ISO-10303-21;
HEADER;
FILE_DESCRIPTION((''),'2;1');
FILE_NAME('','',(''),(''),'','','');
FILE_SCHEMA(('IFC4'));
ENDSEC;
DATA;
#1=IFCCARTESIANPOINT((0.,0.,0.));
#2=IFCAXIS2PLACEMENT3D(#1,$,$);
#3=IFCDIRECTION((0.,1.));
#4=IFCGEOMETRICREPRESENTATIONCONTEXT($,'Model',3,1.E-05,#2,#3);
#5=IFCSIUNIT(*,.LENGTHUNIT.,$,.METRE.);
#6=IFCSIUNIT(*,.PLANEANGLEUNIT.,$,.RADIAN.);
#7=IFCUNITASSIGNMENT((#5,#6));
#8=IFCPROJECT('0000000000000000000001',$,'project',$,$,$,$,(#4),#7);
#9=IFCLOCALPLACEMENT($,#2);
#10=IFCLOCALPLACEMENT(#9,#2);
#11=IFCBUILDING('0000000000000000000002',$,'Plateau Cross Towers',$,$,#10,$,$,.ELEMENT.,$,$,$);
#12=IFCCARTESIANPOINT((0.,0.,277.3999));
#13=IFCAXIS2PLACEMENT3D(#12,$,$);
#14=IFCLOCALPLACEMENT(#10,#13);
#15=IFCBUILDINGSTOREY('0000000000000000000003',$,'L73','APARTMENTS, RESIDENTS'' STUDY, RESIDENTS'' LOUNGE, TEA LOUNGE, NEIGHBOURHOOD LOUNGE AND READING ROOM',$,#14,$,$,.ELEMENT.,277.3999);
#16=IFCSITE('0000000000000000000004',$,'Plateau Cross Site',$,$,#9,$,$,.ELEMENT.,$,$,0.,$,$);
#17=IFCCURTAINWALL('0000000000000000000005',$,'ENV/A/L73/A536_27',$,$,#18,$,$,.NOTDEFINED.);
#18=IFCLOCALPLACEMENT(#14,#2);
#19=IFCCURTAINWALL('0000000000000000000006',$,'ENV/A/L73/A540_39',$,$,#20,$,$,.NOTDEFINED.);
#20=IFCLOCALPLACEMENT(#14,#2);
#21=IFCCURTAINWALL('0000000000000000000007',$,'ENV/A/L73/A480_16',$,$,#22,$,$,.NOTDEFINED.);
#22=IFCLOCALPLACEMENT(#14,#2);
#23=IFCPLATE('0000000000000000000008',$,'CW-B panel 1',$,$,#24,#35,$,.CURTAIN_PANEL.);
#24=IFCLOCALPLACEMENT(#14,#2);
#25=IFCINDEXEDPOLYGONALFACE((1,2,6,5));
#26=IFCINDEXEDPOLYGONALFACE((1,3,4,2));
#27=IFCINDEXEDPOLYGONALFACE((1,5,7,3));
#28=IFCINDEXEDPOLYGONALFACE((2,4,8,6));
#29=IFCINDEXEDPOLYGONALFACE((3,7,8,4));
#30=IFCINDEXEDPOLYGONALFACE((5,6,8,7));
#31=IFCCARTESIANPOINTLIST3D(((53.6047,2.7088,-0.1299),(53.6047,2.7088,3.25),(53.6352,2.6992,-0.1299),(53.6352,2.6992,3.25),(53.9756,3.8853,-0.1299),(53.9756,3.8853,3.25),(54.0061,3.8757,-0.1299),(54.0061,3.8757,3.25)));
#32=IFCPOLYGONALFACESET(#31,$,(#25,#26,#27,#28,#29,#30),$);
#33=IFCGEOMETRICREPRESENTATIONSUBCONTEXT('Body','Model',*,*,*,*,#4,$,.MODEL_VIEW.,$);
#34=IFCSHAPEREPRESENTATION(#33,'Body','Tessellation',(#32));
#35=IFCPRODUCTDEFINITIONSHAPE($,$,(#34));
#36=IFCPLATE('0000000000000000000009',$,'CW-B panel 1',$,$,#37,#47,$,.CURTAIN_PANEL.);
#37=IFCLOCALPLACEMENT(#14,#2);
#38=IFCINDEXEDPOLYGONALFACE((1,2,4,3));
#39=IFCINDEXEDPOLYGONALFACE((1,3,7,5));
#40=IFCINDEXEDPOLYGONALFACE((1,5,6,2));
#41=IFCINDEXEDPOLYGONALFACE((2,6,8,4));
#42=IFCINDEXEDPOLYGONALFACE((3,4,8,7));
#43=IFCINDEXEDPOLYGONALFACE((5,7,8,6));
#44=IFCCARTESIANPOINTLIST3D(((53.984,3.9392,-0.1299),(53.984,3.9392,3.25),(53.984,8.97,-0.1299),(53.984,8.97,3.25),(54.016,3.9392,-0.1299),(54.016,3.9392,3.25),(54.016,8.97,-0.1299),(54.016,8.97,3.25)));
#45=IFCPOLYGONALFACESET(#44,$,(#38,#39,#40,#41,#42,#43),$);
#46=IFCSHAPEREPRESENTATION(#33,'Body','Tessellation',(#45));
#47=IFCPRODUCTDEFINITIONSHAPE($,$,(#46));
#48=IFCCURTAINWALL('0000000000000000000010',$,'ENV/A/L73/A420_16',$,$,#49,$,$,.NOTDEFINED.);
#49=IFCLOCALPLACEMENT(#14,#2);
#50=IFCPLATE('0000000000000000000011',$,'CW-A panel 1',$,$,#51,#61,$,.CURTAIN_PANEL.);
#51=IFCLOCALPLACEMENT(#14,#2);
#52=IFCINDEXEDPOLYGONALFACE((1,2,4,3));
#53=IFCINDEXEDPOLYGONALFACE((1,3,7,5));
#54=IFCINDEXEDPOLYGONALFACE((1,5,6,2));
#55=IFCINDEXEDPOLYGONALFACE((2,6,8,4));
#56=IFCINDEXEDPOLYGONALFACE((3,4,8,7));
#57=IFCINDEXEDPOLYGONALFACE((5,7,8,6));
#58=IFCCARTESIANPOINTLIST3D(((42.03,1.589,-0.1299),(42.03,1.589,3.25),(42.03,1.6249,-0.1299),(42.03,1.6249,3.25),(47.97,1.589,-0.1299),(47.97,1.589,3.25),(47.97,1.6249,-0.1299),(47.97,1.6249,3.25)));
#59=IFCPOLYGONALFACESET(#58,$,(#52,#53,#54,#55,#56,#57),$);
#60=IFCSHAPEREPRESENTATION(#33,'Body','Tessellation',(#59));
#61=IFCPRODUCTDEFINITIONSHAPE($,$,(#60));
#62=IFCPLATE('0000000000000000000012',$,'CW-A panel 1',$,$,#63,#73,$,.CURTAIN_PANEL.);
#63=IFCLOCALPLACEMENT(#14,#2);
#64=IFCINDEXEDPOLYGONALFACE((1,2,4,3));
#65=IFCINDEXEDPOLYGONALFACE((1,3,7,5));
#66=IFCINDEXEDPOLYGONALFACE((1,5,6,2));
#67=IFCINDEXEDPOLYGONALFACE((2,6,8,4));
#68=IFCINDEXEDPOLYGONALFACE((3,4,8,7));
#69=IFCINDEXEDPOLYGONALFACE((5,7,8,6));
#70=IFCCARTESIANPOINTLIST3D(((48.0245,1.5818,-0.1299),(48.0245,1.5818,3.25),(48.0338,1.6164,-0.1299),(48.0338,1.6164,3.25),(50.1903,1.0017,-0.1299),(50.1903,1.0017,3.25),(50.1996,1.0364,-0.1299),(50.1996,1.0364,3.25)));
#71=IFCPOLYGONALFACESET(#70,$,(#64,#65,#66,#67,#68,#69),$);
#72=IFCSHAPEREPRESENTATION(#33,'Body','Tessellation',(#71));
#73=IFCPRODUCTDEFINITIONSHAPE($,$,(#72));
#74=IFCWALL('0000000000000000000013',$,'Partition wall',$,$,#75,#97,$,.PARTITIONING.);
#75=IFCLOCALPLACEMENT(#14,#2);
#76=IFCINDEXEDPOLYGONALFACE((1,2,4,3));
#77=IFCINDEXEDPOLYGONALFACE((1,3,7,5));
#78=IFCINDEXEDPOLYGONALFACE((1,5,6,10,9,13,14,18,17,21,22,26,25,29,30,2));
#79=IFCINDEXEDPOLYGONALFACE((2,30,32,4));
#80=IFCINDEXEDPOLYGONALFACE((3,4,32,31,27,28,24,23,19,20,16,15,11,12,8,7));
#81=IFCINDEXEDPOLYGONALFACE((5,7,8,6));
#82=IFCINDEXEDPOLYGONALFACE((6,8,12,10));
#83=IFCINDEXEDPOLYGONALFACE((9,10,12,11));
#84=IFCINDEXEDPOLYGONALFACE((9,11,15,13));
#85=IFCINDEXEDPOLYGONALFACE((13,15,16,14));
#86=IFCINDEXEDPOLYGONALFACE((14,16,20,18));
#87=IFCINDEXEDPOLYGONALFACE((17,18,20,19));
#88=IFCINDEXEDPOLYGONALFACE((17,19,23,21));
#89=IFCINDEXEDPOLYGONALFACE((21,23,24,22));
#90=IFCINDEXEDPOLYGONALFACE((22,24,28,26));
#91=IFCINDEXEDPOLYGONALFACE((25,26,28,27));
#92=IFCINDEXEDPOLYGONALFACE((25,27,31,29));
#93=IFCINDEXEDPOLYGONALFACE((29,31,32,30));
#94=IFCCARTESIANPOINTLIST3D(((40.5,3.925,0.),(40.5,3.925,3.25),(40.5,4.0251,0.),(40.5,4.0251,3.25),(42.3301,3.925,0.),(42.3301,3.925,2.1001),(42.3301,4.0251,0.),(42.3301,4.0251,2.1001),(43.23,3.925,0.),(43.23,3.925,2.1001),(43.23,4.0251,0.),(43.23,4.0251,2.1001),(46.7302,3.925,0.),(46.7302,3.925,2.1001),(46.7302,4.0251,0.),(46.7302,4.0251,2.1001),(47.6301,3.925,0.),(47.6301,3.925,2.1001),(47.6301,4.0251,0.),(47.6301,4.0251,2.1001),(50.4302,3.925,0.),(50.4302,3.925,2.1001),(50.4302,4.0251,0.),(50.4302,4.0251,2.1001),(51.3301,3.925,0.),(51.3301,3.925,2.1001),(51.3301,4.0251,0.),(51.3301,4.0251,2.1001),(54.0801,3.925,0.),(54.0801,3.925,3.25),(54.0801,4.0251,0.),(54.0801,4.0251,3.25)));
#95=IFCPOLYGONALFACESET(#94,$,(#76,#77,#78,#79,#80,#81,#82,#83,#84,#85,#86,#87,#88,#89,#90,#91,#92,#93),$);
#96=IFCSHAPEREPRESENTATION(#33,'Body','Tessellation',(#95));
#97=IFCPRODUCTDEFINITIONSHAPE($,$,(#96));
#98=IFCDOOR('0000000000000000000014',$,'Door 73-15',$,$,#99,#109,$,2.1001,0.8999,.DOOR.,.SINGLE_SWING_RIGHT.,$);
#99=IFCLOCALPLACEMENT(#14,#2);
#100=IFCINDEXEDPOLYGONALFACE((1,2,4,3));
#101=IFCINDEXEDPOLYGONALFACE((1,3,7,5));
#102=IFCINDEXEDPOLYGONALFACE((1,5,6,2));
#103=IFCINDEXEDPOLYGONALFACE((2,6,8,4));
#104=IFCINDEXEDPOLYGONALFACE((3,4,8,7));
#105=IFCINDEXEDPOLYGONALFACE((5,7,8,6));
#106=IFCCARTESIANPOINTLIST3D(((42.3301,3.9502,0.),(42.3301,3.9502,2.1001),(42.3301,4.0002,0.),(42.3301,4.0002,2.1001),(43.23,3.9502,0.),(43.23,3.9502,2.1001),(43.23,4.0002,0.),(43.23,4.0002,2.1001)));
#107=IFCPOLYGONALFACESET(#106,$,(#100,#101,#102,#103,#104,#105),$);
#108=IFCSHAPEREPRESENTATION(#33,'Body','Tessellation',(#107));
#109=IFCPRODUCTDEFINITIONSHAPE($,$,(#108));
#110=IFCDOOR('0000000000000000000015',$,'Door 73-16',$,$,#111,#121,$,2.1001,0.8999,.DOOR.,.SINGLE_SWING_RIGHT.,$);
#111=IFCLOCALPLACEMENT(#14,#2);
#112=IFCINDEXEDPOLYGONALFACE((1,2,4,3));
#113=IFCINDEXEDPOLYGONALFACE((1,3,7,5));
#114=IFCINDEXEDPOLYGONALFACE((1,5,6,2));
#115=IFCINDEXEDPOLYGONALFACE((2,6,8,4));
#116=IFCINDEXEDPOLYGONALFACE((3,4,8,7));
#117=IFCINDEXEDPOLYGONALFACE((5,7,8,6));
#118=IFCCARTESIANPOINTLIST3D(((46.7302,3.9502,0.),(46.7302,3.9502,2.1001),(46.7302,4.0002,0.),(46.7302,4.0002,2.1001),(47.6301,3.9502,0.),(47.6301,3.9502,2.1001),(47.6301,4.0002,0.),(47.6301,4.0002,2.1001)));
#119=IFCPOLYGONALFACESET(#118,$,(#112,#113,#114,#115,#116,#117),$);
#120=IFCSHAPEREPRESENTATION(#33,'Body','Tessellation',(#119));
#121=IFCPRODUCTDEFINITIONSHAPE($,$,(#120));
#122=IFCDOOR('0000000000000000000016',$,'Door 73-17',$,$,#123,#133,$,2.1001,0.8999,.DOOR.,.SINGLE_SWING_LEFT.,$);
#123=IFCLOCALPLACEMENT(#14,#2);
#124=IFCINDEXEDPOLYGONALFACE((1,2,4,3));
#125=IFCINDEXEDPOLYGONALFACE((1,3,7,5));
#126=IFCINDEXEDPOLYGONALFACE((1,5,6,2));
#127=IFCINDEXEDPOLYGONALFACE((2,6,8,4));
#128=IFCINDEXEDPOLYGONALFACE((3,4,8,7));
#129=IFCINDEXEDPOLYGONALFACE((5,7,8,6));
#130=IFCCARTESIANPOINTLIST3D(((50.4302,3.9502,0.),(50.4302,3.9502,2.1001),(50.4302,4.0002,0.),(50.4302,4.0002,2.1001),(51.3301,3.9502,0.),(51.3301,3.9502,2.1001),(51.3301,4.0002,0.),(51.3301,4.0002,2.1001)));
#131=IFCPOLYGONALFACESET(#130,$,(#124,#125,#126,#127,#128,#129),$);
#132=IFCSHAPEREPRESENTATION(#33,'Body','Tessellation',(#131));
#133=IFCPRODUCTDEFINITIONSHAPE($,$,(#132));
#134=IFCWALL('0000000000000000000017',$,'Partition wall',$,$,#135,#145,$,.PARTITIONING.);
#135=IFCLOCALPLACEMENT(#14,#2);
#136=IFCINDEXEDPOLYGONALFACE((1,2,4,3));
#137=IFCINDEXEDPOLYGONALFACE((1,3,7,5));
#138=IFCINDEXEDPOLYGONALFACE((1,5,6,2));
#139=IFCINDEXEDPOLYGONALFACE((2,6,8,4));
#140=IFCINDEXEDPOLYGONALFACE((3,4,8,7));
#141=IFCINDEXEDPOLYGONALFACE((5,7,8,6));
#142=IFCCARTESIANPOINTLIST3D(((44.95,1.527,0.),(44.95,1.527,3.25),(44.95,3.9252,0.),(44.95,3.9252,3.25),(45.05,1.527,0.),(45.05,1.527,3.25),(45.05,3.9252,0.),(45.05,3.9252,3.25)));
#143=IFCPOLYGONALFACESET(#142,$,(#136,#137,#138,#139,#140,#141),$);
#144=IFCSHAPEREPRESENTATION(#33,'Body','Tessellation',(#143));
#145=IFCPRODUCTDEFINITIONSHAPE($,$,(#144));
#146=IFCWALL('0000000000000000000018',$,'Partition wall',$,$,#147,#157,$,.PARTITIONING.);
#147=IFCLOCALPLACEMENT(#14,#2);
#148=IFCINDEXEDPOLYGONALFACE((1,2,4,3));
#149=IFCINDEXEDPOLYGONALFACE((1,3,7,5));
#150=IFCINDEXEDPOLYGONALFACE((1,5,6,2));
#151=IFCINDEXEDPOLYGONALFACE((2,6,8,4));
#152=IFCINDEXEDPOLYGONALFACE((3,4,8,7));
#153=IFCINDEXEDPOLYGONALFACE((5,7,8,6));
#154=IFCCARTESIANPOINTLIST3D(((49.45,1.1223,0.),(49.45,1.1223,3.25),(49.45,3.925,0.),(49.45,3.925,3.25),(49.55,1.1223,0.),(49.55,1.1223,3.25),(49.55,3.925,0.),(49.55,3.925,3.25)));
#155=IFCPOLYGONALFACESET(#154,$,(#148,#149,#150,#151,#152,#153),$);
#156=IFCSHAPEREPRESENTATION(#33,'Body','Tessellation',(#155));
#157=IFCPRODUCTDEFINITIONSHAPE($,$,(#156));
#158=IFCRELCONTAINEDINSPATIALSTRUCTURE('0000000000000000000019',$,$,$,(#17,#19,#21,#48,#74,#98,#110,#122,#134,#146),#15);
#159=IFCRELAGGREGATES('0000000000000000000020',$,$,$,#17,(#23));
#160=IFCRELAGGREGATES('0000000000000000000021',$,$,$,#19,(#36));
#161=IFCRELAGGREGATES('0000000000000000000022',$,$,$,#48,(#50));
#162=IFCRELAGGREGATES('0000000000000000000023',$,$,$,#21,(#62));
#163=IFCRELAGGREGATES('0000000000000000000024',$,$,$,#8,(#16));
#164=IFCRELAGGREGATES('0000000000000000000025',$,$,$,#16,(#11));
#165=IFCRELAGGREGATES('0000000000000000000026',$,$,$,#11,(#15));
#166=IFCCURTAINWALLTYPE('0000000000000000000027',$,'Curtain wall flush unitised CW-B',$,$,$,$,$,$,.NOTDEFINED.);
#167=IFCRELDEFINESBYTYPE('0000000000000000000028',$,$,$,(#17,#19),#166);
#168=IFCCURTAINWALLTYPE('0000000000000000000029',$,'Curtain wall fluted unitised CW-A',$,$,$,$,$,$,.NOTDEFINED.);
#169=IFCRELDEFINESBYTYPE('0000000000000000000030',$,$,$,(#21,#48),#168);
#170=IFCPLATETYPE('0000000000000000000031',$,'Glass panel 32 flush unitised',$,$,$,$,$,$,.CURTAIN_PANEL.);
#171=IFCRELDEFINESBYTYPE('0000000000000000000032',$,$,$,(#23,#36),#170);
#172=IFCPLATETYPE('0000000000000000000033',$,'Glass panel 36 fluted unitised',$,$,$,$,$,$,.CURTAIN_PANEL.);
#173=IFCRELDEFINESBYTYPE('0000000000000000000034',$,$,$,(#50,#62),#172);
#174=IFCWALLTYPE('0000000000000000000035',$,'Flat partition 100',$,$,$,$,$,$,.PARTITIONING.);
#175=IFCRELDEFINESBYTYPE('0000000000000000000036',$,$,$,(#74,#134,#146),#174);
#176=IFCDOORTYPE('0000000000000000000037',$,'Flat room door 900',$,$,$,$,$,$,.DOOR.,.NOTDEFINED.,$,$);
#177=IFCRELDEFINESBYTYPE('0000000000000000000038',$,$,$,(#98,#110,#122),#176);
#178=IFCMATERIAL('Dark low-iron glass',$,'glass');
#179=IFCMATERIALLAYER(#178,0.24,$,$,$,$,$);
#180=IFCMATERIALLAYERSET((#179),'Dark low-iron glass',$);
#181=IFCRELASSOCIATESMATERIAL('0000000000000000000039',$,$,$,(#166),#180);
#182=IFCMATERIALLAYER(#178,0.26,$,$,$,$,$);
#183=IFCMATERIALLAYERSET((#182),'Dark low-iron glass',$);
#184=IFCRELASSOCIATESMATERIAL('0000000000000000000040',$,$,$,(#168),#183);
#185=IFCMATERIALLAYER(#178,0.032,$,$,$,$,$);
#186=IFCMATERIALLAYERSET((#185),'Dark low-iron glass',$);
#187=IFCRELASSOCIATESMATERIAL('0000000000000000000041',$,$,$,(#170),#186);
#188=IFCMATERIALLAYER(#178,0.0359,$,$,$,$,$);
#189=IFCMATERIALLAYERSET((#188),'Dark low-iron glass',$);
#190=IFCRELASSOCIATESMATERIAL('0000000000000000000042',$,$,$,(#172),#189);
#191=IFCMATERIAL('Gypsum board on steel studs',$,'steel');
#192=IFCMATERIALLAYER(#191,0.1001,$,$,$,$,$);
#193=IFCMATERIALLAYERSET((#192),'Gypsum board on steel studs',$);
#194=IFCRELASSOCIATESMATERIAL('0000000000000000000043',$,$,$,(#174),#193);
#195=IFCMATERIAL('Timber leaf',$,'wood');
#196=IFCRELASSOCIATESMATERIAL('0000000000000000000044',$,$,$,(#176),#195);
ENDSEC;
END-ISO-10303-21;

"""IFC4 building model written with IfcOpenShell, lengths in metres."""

from ifc_helpers import new_model, si_unit, direction, frame, frame_2d, origin, origin_2d, place, context, subcontext, project, spatial, rectangle, extrude, material, layer, layer_set, type_object, element, fill, aggregate, save


model = new_model("IFC4")

# Units and contexts
model_context = context("Model", 3, precision=1e-05, world=origin(), true_north=direction((0.0, 1.0)))
body_context = subcontext(model_context, "Body", "Model", "MODEL_VIEW")
ifc_project = project(units=[si_unit("LENGTHUNIT", "METRE"), si_unit("PLANEANGLEUNIT", "RADIAN")], contexts=[model_context])

# Site, building, storey
site_placement = place(None, origin())
site = spatial("IfcSite", under=ifc_project, at=site_placement, Name="Plateau Cross Site", CompositionType="ELEMENT", RefElevation=0.0)
building_placement = place(site_placement, origin())
building = spatial("IfcBuilding", under=site, at=building_placement, Name="Plateau Cross Towers", CompositionType="ELEMENT")
storey_placement = place(building_placement, frame((0.0, 0.0, 277.3999)))
storey = spatial("IfcBuildingStorey", under=building, at=storey_placement, Name="L73", Description="APARTMENTS, RESIDENTS' STUDY, RESIDENTS' LOUNGE, TEA LOUNGE, NEIGHBOURHOOD LOUNGE AND READING ROOM", CompositionType="ELEMENT", Elevation=277.3999)

# Shared definitions
ifc_material_1 = material(Name="Dark low-iron glass", Category="glass")
ifc_layer_1 = layer(ifc_material_1, 0.24)
ifc_layer_set_1 = layer_set([ifc_layer_1], Name="Dark low-iron glass")
curtain_wall_type_1 = type_object("IfcCurtainWallType", Name="Curtain wall flush unitised CW-B", PredefinedType="NOTDEFINED", material=ifc_layer_set_1)

# Curtain walls
curtain_wall_1_placement = place(storey_placement, origin())
curtain_wall_1 = element("IfcCurtainWall", 1, at=curtain_wall_1_placement, inside=storey, type_object=curtain_wall_type_1, Name="ENV/A/L73/A536_27", PredefinedType="NOTDEFINED")
curtain_wall_2_placement = place(storey_placement, origin())
curtain_wall_2 = element("IfcCurtainWall", 2, at=curtain_wall_2_placement, inside=storey, type_object=curtain_wall_type_1, Name="ENV/A/L73/A540_39", PredefinedType="NOTDEFINED")
ifc_layer_2 = layer(ifc_material_1, 0.26)
ifc_layer_set_2 = layer_set([ifc_layer_2], Name="Dark low-iron glass")
curtain_wall_type_2 = type_object("IfcCurtainWallType", Name="Curtain wall fluted unitised CW-A", PredefinedType="NOTDEFINED", material=ifc_layer_set_2)
curtain_wall_3_placement = place(storey_placement, origin())
curtain_wall_3 = element("IfcCurtainWall", 3, at=curtain_wall_3_placement, inside=storey, type_object=curtain_wall_type_2, Name="ENV/A/L73/A480_16", PredefinedType="NOTDEFINED")

# Plates
ifc_layer_3 = layer(ifc_material_1, 0.032)
ifc_layer_set_3 = layer_set([ifc_layer_3], Name="Dark low-iron glass")
plate_type_1 = type_object("IfcPlateType", Name="Glass panel 32 flush unitised", PredefinedType="CURTAIN_PANEL", material=ifc_layer_set_3)
plate_1_placement = place(storey_placement, frame((53.8054, 3.2922, -0.1299), z_axis=(0.0, 0.0, 1.0), x_axis=(0.300686, 0.953723, 0.0)))
plate_1 = element("IfcPlate", 4, at=plate_1_placement, type_object=plate_type_1, Name="CW-B panel 1", PredefinedType="CURTAIN_PANEL", context=body_context, shape_type="SweptSolid", body=[
    extrude(rectangle(XDim=1.2336, YDim=0.032, at=origin_2d()), origin(), (0.0, 0.0, 1.0), 3.3799),
])
aggregate(curtain_wall_1, [plate_1])
plate_2_placement = place(storey_placement, frame((54.0, 6.4546, -0.1299), z_axis=(0.0, 0.0, 1.0), x_axis=(0.0, 1.0, 0.0)))
plate_2 = element("IfcPlate", 5, at=plate_2_placement, type_object=plate_type_1, Name="CW-B panel 1", PredefinedType="CURTAIN_PANEL", context=body_context, shape_type="SweptSolid", body=[
    extrude(rectangle(XDim=5.0308, YDim=0.032, at=origin_2d()), origin(), (0.0, 0.0, 1.0), 3.3799),
])
aggregate(curtain_wall_2, [plate_2])

# Curtain wall, plate
curtain_wall_4_placement = place(storey_placement, origin())
curtain_wall_4 = element("IfcCurtainWall", 6, at=curtain_wall_4_placement, inside=storey, type_object=curtain_wall_type_2, Name="ENV/A/L73/A420_16", PredefinedType="NOTDEFINED")
ifc_layer_4 = layer(ifc_material_1, 0.0359)
ifc_layer_set_4 = layer_set([ifc_layer_4], Name="Dark low-iron glass")
plate_type_2 = type_object("IfcPlateType", Name="Glass panel 36 fluted unitised", PredefinedType="CURTAIN_PANEL", material=ifc_layer_set_4)
plate_3_placement = place(storey_placement, frame((45.0, 1.6069, -0.1299), z_axis=(0.0, 0.0, 1.0), x_axis=(1.0, 0.0, 0.0)))
plate_3 = element("IfcPlate", 7, at=plate_3_placement, type_object=plate_type_2, Name="CW-A panel 1", PredefinedType="CURTAIN_PANEL", context=body_context, shape_type="SweptSolid", body=[
    extrude(rectangle(XDim=5.9399, YDim=0.0359, at=origin_2d()), origin(), (0.0, 0.0, 1.0), 3.3799),
])
aggregate(curtain_wall_4, [plate_3])

# Plate
plate_4_placement = place(storey_placement, frame((49.1121, 1.3091, -0.1299), z_axis=(0.0, 0.0, 1.0), x_axis=(0.965958, -0.258699, 0.0)))
plate_4 = element("IfcPlate", 8, at=plate_4_placement, type_object=plate_type_2, Name="CW-A panel 1", PredefinedType="CURTAIN_PANEL", context=body_context, shape_type="SweptSolid", body=[
    extrude(rectangle(XDim=2.2422, YDim=0.0359, at=origin_2d()), origin(), (0.0, 0.0, 1.0), 3.3799),
])
aggregate(curtain_wall_3, [plate_4])

# Wall, openings, doors
ifc_material_2 = material(Name="Gypsum board on steel studs", Category="steel")
ifc_layer_5 = layer(ifc_material_2, 0.1001)
ifc_layer_set_5 = layer_set([ifc_layer_5], Name="Gypsum board on steel studs")
wall_type_1 = type_object("IfcWallType", Name="Flat partition 100", PredefinedType="PARTITIONING", material=ifc_layer_set_5)
wall_1_placement = place(storey_placement, frame((54.0801, 3.9751, 0.0), z_axis=(0.0, 0.0, 1.0), x_axis=(-1.0, 0.0, 0.0)))
wall_1 = element("IfcWall", 9, at=wall_1_placement, inside=storey, type_object=wall_type_1, Name="Partition wall", PredefinedType="PARTITIONING", context=body_context, shape_type="SweptSolid", body=[
    extrude(rectangle(XDim=13.5801, YDim=0.1001, at=frame_2d((6.79, 0.0))), origin(), (0.0, 0.0, 1.0), 3.25),
])
opening_1_placement = place(wall_1_placement, frame((10.8501, 0.0, 0.0)))
opening_1 = element("IfcOpeningElement", 10, at=opening_1_placement, cuts=wall_1, PredefinedType="OPENING", context=body_context, shape_type="SweptSolid", body=[
    extrude(rectangle(XDim=0.8999, YDim=2.1001, at=frame_2d((0.45, 1.05))), frame((0.0, 0.0601, 0.0), z_axis=(0.0, -1.0, 0.0), x_axis=(1.0, 0.0, 0.0)), (0.0, 0.0, 1.0), 0.1201),
])
opening_2_placement = place(wall_1_placement, frame((6.45, 0.0, 0.0)))
opening_2 = element("IfcOpeningElement", 11, at=opening_2_placement, cuts=wall_1, PredefinedType="OPENING", context=body_context, shape_type="SweptSolid", body=[
    extrude(rectangle(XDim=0.8999, YDim=2.1001, at=frame_2d((0.45, 1.05))), frame((0.0, 0.0601, 0.0), z_axis=(0.0, -1.0, 0.0), x_axis=(1.0, 0.0, 0.0)), (0.0, 0.0, 1.0), 0.1201),
])
opening_3_placement = place(wall_1_placement, frame((2.75, 0.0, 0.0)))
opening_3 = element("IfcOpeningElement", 12, at=opening_3_placement, cuts=wall_1, PredefinedType="OPENING", context=body_context, shape_type="SweptSolid", body=[
    extrude(rectangle(XDim=0.8999, YDim=2.1001, at=frame_2d((0.45, 1.05))), frame((0.0, 0.0601, 0.0), z_axis=(0.0, -1.0, 0.0), x_axis=(1.0, 0.0, 0.0)), (0.0, 0.0, 1.0), 0.1201),
])
ifc_material_3 = material(Name="Timber leaf", Category="wood")
door_type_1 = type_object("IfcDoorType", Name="Flat room door 900", OperationType="NOTDEFINED", PredefinedType="DOOR", material=ifc_material_3)
door_1_placement = place(opening_1_placement, origin())
door_1 = element("IfcDoor", 13, at=door_1_placement, inside=storey, type_object=door_type_1, Name="Door 73-15", OperationType="SINGLE_SWING_RIGHT", OverallHeight=2.1001, OverallWidth=0.8999, PredefinedType="DOOR", context=body_context, shape_type="SweptSolid", body=[
    extrude(rectangle(XDim=0.8999, YDim=2.1001, at=frame_2d((0.45, 1.05))), frame((0.0, 0.0249, 0.0), z_axis=(0.0, -1.0, 0.0), x_axis=(1.0, 0.0, 0.0)), (0.0, 0.0, 1.0), 0.05),
])
fill(opening_1, door_1)
door_2_placement = place(opening_2_placement, origin())
door_2 = element("IfcDoor", 14, at=door_2_placement, inside=storey, type_object=door_type_1, Name="Door 73-16", OperationType="SINGLE_SWING_RIGHT", OverallHeight=2.1001, OverallWidth=0.8999, PredefinedType="DOOR", context=body_context, shape_type="SweptSolid", body=[
    extrude(rectangle(XDim=0.8999, YDim=2.1001, at=frame_2d((0.45, 1.05))), frame((0.0, 0.0249, 0.0), z_axis=(0.0, -1.0, 0.0), x_axis=(1.0, 0.0, 0.0)), (0.0, 0.0, 1.0), 0.05),
])
fill(opening_2, door_2)
door_3_placement = place(opening_3_placement, origin())
door_3 = element("IfcDoor", 15, at=door_3_placement, inside=storey, type_object=door_type_1, Name="Door 73-17", OperationType="SINGLE_SWING_LEFT", OverallHeight=2.1001, OverallWidth=0.8999, PredefinedType="DOOR", context=body_context, shape_type="SweptSolid", body=[
    extrude(rectangle(XDim=0.8999, YDim=2.1001, at=frame_2d((0.45, 1.05))), frame((0.0, 0.0249, 0.0), z_axis=(0.0, -1.0, 0.0), x_axis=(1.0, 0.0, 0.0)), (0.0, 0.0, 1.0), 0.05),
])
fill(opening_3, door_3)

# Walls
wall_2_placement = place(storey_placement, frame((45.0, 1.5269, 0.0), z_axis=(0.0, 0.0, 1.0), x_axis=(0.0, 1.0, 0.0)))
element("IfcWall", 16, at=wall_2_placement, inside=storey, type_object=wall_type_1, Name="Partition wall", PredefinedType="PARTITIONING", context=body_context, shape_type="SweptSolid", body=[
    extrude(rectangle(XDim=2.3982, YDim=0.1001, at=frame_2d((1.1992, 0.0))), origin(), (0.0, 0.0, 1.0), 3.25),
])
wall_3_placement = place(storey_placement, frame((49.5, 1.1223, 0.0), z_axis=(0.0, 0.0, 1.0), x_axis=(0.0, 1.0, 0.0)))
element("IfcWall", 17, at=wall_3_placement, inside=storey, type_object=wall_type_1, Name="Partition wall", PredefinedType="PARTITIONING", context=body_context, shape_type="SweptSolid", body=[
    extrude(rectangle(XDim=2.8027, YDim=0.1001, at=frame_2d((1.4014, 0.0))), origin(), (0.0, 0.0, 1.0), 3.25),
])

save(model, "model.ifc")
